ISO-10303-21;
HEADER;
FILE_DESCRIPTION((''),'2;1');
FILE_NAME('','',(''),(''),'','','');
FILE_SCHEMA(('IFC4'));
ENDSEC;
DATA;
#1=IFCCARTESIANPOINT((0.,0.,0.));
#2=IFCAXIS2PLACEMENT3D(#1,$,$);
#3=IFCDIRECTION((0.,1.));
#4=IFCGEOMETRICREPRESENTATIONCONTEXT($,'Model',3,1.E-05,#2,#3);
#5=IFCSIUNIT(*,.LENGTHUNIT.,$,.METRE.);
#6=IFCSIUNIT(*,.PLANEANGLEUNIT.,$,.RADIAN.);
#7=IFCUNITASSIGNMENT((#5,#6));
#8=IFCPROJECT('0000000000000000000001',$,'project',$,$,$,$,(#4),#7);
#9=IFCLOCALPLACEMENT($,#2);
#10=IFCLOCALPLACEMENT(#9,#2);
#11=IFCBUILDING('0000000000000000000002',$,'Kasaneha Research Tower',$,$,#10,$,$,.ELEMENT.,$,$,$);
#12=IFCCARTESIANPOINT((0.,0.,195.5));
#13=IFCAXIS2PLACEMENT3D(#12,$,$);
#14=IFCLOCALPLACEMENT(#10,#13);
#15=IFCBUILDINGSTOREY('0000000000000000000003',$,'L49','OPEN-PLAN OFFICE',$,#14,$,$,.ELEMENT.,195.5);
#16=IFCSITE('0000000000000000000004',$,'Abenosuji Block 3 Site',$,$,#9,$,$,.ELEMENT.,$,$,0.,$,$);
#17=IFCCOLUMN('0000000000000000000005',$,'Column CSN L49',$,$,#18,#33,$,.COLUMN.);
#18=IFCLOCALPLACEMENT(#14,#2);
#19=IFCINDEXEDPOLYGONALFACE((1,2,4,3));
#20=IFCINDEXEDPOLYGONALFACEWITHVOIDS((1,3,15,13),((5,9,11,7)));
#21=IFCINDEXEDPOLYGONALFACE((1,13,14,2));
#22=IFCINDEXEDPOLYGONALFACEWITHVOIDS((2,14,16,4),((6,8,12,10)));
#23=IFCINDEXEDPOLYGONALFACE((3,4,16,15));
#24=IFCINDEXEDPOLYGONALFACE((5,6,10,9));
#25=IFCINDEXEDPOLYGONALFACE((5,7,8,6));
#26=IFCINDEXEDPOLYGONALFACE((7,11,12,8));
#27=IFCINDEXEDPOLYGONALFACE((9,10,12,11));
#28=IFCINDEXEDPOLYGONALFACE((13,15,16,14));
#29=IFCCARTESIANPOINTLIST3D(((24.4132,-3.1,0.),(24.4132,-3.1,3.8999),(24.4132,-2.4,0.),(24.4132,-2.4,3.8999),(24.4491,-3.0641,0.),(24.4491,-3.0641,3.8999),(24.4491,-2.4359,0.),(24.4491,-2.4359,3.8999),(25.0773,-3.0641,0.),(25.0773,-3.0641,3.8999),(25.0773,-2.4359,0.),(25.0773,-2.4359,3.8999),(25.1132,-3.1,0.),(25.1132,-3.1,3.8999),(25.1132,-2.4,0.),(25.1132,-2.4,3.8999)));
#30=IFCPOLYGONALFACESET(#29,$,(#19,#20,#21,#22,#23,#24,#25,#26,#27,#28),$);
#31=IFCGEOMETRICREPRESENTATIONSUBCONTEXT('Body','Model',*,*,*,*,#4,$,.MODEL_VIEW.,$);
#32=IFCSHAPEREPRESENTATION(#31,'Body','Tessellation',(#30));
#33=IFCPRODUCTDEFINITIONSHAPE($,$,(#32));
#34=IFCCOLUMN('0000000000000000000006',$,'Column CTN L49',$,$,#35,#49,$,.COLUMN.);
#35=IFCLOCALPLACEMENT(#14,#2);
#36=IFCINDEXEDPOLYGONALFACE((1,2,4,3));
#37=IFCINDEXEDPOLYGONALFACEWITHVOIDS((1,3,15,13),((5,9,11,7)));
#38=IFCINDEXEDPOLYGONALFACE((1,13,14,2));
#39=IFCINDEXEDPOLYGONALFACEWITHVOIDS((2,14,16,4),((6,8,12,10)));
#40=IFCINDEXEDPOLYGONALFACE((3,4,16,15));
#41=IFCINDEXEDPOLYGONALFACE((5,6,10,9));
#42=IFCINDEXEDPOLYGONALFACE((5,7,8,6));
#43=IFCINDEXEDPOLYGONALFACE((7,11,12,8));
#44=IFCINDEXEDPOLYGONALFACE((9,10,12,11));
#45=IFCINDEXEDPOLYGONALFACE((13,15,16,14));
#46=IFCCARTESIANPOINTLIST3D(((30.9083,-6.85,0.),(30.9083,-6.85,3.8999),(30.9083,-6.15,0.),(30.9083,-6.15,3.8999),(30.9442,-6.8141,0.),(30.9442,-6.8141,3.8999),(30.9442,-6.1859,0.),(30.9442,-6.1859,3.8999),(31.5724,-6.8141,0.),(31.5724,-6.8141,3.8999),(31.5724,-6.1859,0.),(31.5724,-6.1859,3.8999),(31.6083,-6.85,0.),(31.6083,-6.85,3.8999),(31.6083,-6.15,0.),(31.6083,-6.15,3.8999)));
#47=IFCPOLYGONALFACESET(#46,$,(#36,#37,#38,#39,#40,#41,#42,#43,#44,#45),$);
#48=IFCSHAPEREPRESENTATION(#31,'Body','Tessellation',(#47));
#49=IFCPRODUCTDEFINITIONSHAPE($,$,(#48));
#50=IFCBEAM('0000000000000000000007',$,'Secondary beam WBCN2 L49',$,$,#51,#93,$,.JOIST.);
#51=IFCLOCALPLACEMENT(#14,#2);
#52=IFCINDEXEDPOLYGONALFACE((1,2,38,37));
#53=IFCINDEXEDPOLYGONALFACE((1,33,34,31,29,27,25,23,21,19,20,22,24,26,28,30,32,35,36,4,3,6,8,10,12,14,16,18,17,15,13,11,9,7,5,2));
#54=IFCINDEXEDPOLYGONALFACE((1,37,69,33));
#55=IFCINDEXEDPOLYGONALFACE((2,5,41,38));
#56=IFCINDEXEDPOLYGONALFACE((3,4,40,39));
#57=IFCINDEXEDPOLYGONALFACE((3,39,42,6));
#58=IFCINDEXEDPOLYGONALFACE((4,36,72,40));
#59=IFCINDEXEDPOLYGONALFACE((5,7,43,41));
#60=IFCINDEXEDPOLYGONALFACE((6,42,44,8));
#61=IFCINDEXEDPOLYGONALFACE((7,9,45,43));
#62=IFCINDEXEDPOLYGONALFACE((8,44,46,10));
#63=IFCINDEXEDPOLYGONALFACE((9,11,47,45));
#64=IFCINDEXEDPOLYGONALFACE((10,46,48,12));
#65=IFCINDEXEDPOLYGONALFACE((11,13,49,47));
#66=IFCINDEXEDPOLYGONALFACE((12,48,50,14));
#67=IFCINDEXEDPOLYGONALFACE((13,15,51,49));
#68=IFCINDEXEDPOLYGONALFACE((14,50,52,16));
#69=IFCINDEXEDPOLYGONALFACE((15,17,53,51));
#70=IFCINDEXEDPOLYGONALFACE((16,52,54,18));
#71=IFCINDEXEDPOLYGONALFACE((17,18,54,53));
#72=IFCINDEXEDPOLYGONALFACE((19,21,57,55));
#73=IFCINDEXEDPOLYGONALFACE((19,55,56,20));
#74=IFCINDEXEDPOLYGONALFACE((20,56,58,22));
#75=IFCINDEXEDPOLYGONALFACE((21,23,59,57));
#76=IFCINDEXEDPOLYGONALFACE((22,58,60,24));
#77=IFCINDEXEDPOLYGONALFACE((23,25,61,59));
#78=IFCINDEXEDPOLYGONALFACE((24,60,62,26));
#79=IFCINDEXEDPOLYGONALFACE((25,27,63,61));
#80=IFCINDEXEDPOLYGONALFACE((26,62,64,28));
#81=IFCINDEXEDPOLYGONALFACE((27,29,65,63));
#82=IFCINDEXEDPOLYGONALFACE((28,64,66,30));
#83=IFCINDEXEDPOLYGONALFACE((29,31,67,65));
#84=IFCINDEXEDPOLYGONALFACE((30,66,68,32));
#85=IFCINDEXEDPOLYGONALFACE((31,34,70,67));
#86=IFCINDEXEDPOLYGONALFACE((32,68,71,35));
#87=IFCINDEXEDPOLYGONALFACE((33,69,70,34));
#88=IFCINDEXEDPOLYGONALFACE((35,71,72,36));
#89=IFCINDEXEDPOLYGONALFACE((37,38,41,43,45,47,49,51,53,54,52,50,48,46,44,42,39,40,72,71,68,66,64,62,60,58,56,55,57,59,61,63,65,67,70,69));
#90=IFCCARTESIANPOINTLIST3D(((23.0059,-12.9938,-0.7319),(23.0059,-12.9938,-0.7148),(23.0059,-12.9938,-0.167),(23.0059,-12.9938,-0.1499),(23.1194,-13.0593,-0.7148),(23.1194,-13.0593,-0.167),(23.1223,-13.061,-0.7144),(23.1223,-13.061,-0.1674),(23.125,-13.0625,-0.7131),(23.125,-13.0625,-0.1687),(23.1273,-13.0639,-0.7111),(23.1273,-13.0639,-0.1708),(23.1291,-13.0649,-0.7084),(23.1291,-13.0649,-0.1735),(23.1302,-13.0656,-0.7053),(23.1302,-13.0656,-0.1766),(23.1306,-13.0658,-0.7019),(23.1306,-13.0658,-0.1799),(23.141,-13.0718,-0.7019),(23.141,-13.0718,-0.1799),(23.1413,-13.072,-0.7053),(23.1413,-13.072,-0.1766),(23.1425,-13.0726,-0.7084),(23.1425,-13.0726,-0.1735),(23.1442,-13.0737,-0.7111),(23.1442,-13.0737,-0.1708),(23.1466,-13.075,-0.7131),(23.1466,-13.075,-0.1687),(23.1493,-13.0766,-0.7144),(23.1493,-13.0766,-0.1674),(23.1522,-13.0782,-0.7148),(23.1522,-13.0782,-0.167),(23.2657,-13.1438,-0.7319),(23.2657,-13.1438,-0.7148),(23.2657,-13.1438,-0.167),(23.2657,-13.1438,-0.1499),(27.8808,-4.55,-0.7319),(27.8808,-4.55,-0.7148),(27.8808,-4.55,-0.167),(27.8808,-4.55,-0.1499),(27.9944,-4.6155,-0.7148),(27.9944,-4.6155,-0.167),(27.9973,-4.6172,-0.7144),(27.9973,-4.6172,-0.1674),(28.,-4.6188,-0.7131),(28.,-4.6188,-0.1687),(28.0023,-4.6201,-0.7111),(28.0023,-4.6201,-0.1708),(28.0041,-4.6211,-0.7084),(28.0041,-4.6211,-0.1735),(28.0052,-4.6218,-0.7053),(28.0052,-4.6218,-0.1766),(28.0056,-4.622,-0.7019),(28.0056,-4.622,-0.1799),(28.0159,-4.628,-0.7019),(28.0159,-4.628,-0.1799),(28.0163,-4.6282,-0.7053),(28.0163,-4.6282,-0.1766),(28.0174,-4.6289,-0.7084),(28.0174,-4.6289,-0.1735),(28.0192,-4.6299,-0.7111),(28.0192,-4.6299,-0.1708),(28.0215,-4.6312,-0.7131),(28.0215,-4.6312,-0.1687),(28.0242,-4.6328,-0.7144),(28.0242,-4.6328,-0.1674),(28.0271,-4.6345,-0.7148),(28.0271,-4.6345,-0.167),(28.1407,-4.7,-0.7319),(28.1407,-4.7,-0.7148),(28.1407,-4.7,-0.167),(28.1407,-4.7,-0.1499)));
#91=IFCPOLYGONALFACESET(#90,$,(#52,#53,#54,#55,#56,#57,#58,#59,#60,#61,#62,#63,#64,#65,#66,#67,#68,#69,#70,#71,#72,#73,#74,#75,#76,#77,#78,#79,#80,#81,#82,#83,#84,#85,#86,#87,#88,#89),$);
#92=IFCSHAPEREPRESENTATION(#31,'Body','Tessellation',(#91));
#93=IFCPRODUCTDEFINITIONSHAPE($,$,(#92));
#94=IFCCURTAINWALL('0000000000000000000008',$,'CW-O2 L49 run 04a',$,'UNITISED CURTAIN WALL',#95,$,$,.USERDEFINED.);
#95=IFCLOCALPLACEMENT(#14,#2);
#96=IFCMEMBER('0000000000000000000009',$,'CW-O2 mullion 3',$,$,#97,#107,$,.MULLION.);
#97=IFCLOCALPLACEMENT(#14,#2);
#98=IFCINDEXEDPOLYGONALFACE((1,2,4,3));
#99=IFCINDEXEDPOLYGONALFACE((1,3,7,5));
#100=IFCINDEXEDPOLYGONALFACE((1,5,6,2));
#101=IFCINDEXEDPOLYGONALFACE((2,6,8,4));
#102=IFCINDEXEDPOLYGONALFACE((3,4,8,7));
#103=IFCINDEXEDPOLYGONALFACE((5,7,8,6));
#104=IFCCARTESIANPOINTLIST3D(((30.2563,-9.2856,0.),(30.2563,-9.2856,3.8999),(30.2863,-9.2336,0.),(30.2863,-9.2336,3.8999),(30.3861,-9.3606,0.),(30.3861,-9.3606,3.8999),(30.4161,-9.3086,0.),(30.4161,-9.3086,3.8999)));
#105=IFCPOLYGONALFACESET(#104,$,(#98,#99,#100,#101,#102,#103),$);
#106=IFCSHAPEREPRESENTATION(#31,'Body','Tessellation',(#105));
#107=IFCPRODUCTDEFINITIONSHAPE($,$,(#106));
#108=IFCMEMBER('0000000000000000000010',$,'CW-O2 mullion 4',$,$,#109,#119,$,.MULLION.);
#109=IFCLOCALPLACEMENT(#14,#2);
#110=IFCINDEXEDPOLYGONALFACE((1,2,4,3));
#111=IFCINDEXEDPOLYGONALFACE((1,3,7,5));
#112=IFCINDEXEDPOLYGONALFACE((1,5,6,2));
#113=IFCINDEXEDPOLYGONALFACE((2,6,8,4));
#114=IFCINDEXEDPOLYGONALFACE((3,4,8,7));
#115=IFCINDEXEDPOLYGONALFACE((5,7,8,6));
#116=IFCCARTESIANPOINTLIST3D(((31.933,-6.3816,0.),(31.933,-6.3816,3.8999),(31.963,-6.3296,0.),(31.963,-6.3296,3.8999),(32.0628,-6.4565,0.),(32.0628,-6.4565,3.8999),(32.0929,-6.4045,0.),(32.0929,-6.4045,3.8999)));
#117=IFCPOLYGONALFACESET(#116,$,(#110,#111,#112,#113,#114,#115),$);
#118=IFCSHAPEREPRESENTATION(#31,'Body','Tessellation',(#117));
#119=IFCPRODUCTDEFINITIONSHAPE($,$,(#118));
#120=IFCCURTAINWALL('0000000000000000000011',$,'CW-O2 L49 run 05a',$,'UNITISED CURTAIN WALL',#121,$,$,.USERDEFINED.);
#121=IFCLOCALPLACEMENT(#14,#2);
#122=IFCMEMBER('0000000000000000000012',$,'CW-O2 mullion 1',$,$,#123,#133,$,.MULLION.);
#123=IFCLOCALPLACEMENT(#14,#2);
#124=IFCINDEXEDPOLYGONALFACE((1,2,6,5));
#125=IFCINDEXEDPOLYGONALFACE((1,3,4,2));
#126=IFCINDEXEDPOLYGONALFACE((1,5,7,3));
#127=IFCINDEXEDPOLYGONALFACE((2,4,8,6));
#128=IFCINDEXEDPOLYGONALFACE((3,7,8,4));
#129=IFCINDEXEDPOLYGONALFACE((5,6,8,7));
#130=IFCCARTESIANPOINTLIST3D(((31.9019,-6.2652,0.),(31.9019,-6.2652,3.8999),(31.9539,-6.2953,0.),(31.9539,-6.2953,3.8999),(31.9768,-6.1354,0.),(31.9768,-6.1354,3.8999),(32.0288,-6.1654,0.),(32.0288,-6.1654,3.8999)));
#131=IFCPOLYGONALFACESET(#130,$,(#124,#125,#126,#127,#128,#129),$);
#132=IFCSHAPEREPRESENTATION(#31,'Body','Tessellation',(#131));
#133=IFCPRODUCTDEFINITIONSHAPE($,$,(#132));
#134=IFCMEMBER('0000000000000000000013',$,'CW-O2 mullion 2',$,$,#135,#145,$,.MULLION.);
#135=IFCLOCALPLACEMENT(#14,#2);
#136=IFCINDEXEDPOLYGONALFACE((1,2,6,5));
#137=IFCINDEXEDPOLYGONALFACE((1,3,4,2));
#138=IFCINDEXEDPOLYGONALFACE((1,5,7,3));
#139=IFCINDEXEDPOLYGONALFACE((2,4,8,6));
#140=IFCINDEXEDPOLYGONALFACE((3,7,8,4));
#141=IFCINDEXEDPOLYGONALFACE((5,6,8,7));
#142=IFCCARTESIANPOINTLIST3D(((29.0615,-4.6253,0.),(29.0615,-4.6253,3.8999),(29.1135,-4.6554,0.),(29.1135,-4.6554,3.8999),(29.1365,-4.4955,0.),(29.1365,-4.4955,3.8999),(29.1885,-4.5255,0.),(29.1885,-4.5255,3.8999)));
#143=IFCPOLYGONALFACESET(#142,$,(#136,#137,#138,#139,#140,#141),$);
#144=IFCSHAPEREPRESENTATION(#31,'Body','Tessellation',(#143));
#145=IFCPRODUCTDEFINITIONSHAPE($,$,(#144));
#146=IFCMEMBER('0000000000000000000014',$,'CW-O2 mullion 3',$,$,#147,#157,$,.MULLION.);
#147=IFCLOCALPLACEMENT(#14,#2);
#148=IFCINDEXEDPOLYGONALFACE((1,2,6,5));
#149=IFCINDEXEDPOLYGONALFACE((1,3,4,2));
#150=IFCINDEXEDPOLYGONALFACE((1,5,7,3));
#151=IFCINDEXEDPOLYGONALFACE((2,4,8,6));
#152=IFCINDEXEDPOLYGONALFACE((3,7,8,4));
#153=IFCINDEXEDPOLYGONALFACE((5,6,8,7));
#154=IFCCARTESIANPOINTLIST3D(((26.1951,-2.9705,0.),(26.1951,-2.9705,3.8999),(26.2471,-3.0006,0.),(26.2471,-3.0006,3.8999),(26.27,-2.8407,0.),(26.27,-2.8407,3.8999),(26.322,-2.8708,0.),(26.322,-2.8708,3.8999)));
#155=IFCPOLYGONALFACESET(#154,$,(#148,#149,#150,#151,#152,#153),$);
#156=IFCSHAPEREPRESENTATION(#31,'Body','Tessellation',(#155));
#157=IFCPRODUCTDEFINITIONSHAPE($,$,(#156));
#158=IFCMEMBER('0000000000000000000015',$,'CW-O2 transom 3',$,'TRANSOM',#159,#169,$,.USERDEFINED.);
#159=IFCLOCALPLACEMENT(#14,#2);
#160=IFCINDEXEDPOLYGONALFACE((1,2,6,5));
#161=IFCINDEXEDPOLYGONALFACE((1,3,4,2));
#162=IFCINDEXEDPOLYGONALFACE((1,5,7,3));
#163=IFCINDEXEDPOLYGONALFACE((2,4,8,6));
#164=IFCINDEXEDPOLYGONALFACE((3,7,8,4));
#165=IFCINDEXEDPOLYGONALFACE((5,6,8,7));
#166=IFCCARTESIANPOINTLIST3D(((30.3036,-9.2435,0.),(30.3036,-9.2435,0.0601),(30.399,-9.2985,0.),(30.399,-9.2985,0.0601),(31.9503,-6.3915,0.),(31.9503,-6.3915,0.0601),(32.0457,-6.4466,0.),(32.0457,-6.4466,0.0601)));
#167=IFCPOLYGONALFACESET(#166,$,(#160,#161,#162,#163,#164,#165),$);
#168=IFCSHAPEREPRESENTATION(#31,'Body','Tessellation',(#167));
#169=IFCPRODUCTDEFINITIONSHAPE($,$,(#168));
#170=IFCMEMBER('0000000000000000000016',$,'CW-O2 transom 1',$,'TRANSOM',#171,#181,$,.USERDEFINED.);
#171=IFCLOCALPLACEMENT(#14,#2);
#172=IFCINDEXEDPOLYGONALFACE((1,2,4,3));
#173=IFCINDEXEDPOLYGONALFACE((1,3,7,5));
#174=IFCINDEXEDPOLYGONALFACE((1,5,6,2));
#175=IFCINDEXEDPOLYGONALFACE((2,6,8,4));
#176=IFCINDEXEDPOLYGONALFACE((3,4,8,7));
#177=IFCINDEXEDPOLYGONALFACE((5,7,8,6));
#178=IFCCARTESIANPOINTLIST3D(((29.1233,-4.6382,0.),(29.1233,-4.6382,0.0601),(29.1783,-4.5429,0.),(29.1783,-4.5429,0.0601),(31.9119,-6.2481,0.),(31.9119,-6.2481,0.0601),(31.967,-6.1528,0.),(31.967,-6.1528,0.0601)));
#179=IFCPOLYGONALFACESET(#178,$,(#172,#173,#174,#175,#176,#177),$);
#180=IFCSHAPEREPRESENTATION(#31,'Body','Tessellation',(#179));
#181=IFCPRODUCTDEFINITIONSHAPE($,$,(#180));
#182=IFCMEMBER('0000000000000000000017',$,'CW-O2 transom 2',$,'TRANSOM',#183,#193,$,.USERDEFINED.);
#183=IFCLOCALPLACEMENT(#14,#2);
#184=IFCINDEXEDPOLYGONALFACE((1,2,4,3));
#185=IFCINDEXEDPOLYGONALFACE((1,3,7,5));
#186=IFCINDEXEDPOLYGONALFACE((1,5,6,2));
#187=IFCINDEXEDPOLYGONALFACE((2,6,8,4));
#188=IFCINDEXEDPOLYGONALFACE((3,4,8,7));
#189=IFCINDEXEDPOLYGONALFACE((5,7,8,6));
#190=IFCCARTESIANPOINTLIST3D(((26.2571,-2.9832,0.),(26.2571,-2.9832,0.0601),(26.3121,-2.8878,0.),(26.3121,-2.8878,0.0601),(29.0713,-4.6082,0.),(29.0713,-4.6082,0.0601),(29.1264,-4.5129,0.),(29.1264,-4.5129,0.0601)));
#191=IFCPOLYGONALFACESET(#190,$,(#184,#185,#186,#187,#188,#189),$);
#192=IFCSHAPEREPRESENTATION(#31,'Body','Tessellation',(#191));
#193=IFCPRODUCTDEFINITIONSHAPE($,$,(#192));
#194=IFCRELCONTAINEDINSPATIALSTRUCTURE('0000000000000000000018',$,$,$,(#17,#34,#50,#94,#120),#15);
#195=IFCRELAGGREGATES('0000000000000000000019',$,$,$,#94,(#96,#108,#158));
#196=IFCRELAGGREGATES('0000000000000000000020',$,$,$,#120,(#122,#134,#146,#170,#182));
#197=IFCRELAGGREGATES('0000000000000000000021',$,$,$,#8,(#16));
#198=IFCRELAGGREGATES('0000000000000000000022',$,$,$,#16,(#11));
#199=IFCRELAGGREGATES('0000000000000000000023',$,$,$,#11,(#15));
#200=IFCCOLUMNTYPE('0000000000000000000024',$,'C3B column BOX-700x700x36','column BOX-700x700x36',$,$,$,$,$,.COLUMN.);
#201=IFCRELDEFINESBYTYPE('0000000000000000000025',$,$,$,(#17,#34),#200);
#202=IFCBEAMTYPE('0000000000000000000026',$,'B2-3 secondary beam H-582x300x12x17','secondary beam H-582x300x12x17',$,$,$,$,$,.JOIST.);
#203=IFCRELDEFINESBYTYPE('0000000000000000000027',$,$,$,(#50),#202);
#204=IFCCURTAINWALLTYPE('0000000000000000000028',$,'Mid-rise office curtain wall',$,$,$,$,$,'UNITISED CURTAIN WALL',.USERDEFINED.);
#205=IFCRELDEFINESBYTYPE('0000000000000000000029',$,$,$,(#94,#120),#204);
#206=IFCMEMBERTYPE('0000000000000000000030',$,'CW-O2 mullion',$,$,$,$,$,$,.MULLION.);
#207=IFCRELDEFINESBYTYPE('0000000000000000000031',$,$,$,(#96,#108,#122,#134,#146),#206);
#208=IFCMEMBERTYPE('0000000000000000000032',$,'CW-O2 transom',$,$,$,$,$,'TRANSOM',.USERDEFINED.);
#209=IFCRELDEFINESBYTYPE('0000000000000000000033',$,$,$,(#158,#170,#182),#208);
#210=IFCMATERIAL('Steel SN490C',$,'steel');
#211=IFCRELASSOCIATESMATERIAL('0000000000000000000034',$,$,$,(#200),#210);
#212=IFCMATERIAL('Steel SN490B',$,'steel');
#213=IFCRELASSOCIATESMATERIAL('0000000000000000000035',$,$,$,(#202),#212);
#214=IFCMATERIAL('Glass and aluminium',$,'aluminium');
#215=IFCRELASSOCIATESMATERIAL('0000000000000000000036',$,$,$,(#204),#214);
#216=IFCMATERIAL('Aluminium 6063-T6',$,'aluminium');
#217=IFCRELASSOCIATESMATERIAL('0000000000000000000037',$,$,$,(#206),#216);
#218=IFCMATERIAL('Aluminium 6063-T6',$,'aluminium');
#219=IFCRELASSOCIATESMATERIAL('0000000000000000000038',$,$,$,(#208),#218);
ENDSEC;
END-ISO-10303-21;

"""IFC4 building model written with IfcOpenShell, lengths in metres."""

from ifc_helpers import new_model, si_unit, direction, frame, origin, origin_2d, place, context, subcontext, project, spatial, rectangle, hollow_rectangle, i_section, extrude, material, material_profile, profile_set, type_object, element, aggregate, save


model = new_model("IFC4")

# Units and contexts
model_context = context("Model", 3, precision=1e-05, world=origin(), true_north=direction((0.0, 1.0)))
body_context = subcontext(model_context, "Body", "Model", "MODEL_VIEW")
ifc_project = project(units=[si_unit("LENGTHUNIT", "METRE"), si_unit("PLANEANGLEUNIT", "RADIAN")], contexts=[model_context])

# Site, building, storey
site_placement = place(None, origin())
site = spatial("IfcSite", under=ifc_project, at=site_placement, Name="Abenosuji Block 3 Site", CompositionType="ELEMENT", RefElevation=0.0)
building_placement = place(site_placement, origin())
building = spatial("IfcBuilding", under=site, at=building_placement, Name="Kasaneha Research Tower", CompositionType="ELEMENT")
storey_placement = place(building_placement, frame((0.0, 0.0, 195.5)))
storey = spatial("IfcBuildingStorey", under=building, at=storey_placement, Name="L49", Description="OPEN-PLAN OFFICE", CompositionType="ELEMENT", Elevation=195.5)

# Columns
ifc_material_1 = material(Name="Steel SN490C", Category="steel")
ifc_material_profile_1 = material_profile(ifc_material_1, hollow_rectangle(XDim=0.7, YDim=0.7, WallThickness=0.0359, at=origin_2d()), Name="BOX-700x700x36")
ifc_profile_set_1 = profile_set([ifc_material_profile_1], Name="Steel SN490C")
column_type = type_object("IfcColumnType", Name="C3B column BOX-700x700x36", Description="column BOX-700x700x36", PredefinedType="COLUMN", material=ifc_profile_set_1)
for number, where, z_axis, x_axis, name in (
    (1, (24.7632, -2.75, 0.0), (0.0, 0.0, 1.0), (1.0, 0.0, 0.0), "Column CSN L49"),
    (2, (31.2583, -6.5, 0.0), (0.0, 0.0, 1.0), (1.0, 0.0, 0.0), "Column CTN L49"),
):
    element("IfcColumn", number, at=place(storey_placement, frame(where, z_axis=z_axis, x_axis=x_axis)), inside=storey, type_object=column_type, Name=name, PredefinedType="COLUMN", context=body_context, shape_type="SweptSolid", body=[
        extrude(hollow_rectangle(XDim=0.7, YDim=0.7, WallThickness=0.0359, at=origin_2d()), origin(), (0.0, 0.0, 1.0), 3.8999),
    ])

# Beam
ifc_material_2 = material(Name="Steel SN490B", Category="steel")
ifc_material_profile_2 = material_profile(ifc_material_2, i_section(OverallWidth=0.3, OverallDepth=0.582, WebThickness=0.012, FlangeThickness=0.0171, FilletRadius=0.0129, at=origin_2d()), Name="H-582x300x12x17")
ifc_profile_set_2 = profile_set([ifc_material_profile_2], Name="Steel SN490B")
beam_type_1 = type_object("IfcBeamType", Name="B2-3 secondary beam H-582x300x12x17", Description="secondary beam H-582x300x12x17", PredefinedType="JOIST", material=ifc_profile_set_2)
beam_1_placement = place(storey_placement, frame((28.0107, -4.625, -0.4409), z_axis=(-0.499996, -0.866028, 0.0), x_axis=(0.866028, -0.499996, 0.0)))
element("IfcBeam", 3, at=beam_1_placement, inside=storey, type_object=beam_type_1, Name="Secondary beam WBCN2 L49", PredefinedType="JOIST", context=body_context, shape_type="SweptSolid", body=[
    extrude(i_section(OverallWidth=0.3, OverallDepth=0.582, WebThickness=0.012, FlangeThickness=0.0171, FilletRadius=0.0129, at=origin_2d()), origin(), (0.0, 0.0, 1.0), 9.75),
])

# Curtain walls, members
ifc_material_3 = material(Name="Glass and aluminium", Category="aluminium")
curtain_wall_type = type_object("IfcCurtainWallType", Name="Mid-rise office curtain wall", ElementType="UNITISED CURTAIN WALL", PredefinedType="USERDEFINED", material=ifc_material_3)
curtain_wall_1_placement = place(storey_placement, origin())
curtain_wall_1 = element("IfcCurtainWall", 4, at=curtain_wall_1_placement, inside=storey, type_object=curtain_wall_type, Name="CW-O2 L49 run 04a", ObjectType="UNITISED CURTAIN WALL", PredefinedType="USERDEFINED")
ifc_material_4 = material(Name="Aluminium 6063-T6", Category="aluminium")
ifc_material_profile_3 = material_profile(ifc_material_4, rectangle(XDim=0.0601, YDim=0.1499, at=origin_2d()), Name="CW-O2 mullion 60x150")
ifc_profile_set_3 = profile_set([ifc_material_profile_3], Name="Aluminium 6063-T6")
member_type_1 = type_object("IfcMemberType", Name="CW-O2 mullion", PredefinedType="MULLION", material=ifc_profile_set_3)
member_1_placement = place(storey_placement, frame((30.3362, -9.2971, 0.0), z_axis=(0.0, 0.0, 1.0), x_axis=(0.5, 0.866025, 0.0)))
member_1 = element("IfcMember", 5, at=member_1_placement, type_object=member_type_1, Name="CW-O2 mullion 3", PredefinedType="MULLION", context=body_context, shape_type="SweptSolid", body=[
    extrude(rectangle(XDim=0.0601, YDim=0.1499, at=origin_2d()), origin(), (0.0, 0.0, 1.0), 3.8999),
])
member_2_placement = place(storey_placement, frame((32.0129, -6.3931, 0.0), z_axis=(0.0, 0.0, 1.0), x_axis=(0.5, 0.866025, 0.0)))
member_2 = element("IfcMember", 6, at=member_2_placement, type_object=member_type_1, Name="CW-O2 mullion 4", PredefinedType="MULLION", context=body_context, shape_type="SweptSolid", body=[
    extrude(rectangle(XDim=0.0601, YDim=0.1499, at=origin_2d()), origin(), (0.0, 0.0, 1.0), 3.8999),
])
curtain_wall_2_placement = place(storey_placement, origin())
curtain_wall_2 = element("IfcCurtainWall", 7, at=curtain_wall_2_placement, inside=storey, type_object=curtain_wall_type, Name="CW-O2 L49 run 05a", ObjectType="UNITISED CURTAIN WALL", PredefinedType="USERDEFINED")
member_3_placement = place(storey_placement, frame((31.9653, -6.2153, 0.0), z_axis=(0.0, 0.0, 1.0), x_axis=(-0.866025, 0.5, 0.0)))
member_3 = element("IfcMember", 8, at=member_3_placement, type_object=member_type_1, Name="CW-O2 mullion 1", PredefinedType="MULLION", context=body_context, shape_type="SweptSolid", body=[
    extrude(rectangle(XDim=0.0601, YDim=0.1499, at=origin_2d()), origin(), (0.0, 0.0, 1.0), 3.8999),
])
member_4_placement = place(storey_placement, frame((29.125, -4.5754, 0.0), z_axis=(0.0, 0.0, 1.0), x_axis=(-0.866025, 0.5, 0.0)))
member_4 = element("IfcMember", 9, at=member_4_placement, type_object=member_type_1, Name="CW-O2 mullion 2", PredefinedType="MULLION", context=body_context, shape_type="SweptSolid", body=[
    extrude(rectangle(XDim=0.0601, YDim=0.1499, at=origin_2d()), origin(), (0.0, 0.0, 1.0), 3.8999),
])
member_5_placement = place(storey_placement, frame((26.2585, -2.9207, 0.0), z_axis=(0.0, 0.0, 1.0), x_axis=(-0.866025, 0.5, 0.0)))
member_5 = element("IfcMember", 10, at=member_5_placement, type_object=member_type_1, Name="CW-O2 mullion 3", PredefinedType="MULLION", context=body_context, shape_type="SweptSolid", body=[
    extrude(rectangle(XDim=0.0601, YDim=0.1499, at=origin_2d()), origin(), (0.0, 0.0, 1.0), 3.8999),
])

# Members
ifc_material_5 = material(Name="Aluminium 6063-T6", Category="aluminium")
ifc_material_profile_4 = material_profile(ifc_material_5, rectangle(XDim=0.1101, YDim=0.0601, at=origin_2d()), Name="CW-O2 transom 110x60")
ifc_profile_set_4 = profile_set([ifc_material_profile_4], Name="Aluminium 6063-T6")
member_type_2 = type_object("IfcMemberType", Name="CW-O2 transom", ElementType="TRANSOM", PredefinedType="USERDEFINED", material=ifc_profile_set_4)
member_6_placement = place(storey_placement, frame((30.3513, -9.271, 0.03), z_axis=(0.500022, 0.866013, 0.0), x_axis=(-0.866013, 0.500022, 0.0)))
member_6 = element("IfcMember", 11, at=member_6_placement, type_object=member_type_2, Name="CW-O2 transom 3", ObjectType="TRANSOM", PredefinedType="USERDEFINED", context=body_context, shape_type="SweptSolid", body=[
    extrude(rectangle(XDim=0.1101, YDim=0.0601, at=origin_2d()), origin(), (0.0, 0.0, 1.0), 3.2932),
])
member_7_placement = place(storey_placement, frame((31.9395, -6.2004, 0.03), z_axis=(-0.866042, 0.499972, 0.0), x_axis=(-0.499972, -0.866042, 0.0)))
member_7 = element("IfcMember", 12, at=member_7_placement, type_object=member_type_2, Name="CW-O2 transom 1", ObjectType="TRANSOM", PredefinedType="USERDEFINED", context=body_context, shape_type="SweptSolid", body=[
    extrude(rectangle(XDim=0.1101, YDim=0.0601, at=origin_2d()), origin(), (0.0, 0.0, 1.0), 3.22),
])
member_8_placement = place(storey_placement, frame((29.0989, -4.5605, 0.03), z_axis=(-0.865997, 0.50005, 0.0), x_axis=(-0.50005, -0.865997, 0.0)))
member_8 = element("IfcMember", 13, at=member_8_placement, type_object=member_type_2, Name="CW-O2 transom 2", ObjectType="TRANSOM", PredefinedType="USERDEFINED", context=body_context, shape_type="SweptSolid", body=[
    extrude(rectangle(XDim=0.1101, YDim=0.0601, at=origin_2d()), origin(), (0.0, 0.0, 1.0), 3.2498),
])

aggregate(curtain_wall_1, [member_1, member_2, member_6])
aggregate(curtain_wall_2, [member_3, member_4, member_5, member_7, member_8])

save(model, "model.ifc")
